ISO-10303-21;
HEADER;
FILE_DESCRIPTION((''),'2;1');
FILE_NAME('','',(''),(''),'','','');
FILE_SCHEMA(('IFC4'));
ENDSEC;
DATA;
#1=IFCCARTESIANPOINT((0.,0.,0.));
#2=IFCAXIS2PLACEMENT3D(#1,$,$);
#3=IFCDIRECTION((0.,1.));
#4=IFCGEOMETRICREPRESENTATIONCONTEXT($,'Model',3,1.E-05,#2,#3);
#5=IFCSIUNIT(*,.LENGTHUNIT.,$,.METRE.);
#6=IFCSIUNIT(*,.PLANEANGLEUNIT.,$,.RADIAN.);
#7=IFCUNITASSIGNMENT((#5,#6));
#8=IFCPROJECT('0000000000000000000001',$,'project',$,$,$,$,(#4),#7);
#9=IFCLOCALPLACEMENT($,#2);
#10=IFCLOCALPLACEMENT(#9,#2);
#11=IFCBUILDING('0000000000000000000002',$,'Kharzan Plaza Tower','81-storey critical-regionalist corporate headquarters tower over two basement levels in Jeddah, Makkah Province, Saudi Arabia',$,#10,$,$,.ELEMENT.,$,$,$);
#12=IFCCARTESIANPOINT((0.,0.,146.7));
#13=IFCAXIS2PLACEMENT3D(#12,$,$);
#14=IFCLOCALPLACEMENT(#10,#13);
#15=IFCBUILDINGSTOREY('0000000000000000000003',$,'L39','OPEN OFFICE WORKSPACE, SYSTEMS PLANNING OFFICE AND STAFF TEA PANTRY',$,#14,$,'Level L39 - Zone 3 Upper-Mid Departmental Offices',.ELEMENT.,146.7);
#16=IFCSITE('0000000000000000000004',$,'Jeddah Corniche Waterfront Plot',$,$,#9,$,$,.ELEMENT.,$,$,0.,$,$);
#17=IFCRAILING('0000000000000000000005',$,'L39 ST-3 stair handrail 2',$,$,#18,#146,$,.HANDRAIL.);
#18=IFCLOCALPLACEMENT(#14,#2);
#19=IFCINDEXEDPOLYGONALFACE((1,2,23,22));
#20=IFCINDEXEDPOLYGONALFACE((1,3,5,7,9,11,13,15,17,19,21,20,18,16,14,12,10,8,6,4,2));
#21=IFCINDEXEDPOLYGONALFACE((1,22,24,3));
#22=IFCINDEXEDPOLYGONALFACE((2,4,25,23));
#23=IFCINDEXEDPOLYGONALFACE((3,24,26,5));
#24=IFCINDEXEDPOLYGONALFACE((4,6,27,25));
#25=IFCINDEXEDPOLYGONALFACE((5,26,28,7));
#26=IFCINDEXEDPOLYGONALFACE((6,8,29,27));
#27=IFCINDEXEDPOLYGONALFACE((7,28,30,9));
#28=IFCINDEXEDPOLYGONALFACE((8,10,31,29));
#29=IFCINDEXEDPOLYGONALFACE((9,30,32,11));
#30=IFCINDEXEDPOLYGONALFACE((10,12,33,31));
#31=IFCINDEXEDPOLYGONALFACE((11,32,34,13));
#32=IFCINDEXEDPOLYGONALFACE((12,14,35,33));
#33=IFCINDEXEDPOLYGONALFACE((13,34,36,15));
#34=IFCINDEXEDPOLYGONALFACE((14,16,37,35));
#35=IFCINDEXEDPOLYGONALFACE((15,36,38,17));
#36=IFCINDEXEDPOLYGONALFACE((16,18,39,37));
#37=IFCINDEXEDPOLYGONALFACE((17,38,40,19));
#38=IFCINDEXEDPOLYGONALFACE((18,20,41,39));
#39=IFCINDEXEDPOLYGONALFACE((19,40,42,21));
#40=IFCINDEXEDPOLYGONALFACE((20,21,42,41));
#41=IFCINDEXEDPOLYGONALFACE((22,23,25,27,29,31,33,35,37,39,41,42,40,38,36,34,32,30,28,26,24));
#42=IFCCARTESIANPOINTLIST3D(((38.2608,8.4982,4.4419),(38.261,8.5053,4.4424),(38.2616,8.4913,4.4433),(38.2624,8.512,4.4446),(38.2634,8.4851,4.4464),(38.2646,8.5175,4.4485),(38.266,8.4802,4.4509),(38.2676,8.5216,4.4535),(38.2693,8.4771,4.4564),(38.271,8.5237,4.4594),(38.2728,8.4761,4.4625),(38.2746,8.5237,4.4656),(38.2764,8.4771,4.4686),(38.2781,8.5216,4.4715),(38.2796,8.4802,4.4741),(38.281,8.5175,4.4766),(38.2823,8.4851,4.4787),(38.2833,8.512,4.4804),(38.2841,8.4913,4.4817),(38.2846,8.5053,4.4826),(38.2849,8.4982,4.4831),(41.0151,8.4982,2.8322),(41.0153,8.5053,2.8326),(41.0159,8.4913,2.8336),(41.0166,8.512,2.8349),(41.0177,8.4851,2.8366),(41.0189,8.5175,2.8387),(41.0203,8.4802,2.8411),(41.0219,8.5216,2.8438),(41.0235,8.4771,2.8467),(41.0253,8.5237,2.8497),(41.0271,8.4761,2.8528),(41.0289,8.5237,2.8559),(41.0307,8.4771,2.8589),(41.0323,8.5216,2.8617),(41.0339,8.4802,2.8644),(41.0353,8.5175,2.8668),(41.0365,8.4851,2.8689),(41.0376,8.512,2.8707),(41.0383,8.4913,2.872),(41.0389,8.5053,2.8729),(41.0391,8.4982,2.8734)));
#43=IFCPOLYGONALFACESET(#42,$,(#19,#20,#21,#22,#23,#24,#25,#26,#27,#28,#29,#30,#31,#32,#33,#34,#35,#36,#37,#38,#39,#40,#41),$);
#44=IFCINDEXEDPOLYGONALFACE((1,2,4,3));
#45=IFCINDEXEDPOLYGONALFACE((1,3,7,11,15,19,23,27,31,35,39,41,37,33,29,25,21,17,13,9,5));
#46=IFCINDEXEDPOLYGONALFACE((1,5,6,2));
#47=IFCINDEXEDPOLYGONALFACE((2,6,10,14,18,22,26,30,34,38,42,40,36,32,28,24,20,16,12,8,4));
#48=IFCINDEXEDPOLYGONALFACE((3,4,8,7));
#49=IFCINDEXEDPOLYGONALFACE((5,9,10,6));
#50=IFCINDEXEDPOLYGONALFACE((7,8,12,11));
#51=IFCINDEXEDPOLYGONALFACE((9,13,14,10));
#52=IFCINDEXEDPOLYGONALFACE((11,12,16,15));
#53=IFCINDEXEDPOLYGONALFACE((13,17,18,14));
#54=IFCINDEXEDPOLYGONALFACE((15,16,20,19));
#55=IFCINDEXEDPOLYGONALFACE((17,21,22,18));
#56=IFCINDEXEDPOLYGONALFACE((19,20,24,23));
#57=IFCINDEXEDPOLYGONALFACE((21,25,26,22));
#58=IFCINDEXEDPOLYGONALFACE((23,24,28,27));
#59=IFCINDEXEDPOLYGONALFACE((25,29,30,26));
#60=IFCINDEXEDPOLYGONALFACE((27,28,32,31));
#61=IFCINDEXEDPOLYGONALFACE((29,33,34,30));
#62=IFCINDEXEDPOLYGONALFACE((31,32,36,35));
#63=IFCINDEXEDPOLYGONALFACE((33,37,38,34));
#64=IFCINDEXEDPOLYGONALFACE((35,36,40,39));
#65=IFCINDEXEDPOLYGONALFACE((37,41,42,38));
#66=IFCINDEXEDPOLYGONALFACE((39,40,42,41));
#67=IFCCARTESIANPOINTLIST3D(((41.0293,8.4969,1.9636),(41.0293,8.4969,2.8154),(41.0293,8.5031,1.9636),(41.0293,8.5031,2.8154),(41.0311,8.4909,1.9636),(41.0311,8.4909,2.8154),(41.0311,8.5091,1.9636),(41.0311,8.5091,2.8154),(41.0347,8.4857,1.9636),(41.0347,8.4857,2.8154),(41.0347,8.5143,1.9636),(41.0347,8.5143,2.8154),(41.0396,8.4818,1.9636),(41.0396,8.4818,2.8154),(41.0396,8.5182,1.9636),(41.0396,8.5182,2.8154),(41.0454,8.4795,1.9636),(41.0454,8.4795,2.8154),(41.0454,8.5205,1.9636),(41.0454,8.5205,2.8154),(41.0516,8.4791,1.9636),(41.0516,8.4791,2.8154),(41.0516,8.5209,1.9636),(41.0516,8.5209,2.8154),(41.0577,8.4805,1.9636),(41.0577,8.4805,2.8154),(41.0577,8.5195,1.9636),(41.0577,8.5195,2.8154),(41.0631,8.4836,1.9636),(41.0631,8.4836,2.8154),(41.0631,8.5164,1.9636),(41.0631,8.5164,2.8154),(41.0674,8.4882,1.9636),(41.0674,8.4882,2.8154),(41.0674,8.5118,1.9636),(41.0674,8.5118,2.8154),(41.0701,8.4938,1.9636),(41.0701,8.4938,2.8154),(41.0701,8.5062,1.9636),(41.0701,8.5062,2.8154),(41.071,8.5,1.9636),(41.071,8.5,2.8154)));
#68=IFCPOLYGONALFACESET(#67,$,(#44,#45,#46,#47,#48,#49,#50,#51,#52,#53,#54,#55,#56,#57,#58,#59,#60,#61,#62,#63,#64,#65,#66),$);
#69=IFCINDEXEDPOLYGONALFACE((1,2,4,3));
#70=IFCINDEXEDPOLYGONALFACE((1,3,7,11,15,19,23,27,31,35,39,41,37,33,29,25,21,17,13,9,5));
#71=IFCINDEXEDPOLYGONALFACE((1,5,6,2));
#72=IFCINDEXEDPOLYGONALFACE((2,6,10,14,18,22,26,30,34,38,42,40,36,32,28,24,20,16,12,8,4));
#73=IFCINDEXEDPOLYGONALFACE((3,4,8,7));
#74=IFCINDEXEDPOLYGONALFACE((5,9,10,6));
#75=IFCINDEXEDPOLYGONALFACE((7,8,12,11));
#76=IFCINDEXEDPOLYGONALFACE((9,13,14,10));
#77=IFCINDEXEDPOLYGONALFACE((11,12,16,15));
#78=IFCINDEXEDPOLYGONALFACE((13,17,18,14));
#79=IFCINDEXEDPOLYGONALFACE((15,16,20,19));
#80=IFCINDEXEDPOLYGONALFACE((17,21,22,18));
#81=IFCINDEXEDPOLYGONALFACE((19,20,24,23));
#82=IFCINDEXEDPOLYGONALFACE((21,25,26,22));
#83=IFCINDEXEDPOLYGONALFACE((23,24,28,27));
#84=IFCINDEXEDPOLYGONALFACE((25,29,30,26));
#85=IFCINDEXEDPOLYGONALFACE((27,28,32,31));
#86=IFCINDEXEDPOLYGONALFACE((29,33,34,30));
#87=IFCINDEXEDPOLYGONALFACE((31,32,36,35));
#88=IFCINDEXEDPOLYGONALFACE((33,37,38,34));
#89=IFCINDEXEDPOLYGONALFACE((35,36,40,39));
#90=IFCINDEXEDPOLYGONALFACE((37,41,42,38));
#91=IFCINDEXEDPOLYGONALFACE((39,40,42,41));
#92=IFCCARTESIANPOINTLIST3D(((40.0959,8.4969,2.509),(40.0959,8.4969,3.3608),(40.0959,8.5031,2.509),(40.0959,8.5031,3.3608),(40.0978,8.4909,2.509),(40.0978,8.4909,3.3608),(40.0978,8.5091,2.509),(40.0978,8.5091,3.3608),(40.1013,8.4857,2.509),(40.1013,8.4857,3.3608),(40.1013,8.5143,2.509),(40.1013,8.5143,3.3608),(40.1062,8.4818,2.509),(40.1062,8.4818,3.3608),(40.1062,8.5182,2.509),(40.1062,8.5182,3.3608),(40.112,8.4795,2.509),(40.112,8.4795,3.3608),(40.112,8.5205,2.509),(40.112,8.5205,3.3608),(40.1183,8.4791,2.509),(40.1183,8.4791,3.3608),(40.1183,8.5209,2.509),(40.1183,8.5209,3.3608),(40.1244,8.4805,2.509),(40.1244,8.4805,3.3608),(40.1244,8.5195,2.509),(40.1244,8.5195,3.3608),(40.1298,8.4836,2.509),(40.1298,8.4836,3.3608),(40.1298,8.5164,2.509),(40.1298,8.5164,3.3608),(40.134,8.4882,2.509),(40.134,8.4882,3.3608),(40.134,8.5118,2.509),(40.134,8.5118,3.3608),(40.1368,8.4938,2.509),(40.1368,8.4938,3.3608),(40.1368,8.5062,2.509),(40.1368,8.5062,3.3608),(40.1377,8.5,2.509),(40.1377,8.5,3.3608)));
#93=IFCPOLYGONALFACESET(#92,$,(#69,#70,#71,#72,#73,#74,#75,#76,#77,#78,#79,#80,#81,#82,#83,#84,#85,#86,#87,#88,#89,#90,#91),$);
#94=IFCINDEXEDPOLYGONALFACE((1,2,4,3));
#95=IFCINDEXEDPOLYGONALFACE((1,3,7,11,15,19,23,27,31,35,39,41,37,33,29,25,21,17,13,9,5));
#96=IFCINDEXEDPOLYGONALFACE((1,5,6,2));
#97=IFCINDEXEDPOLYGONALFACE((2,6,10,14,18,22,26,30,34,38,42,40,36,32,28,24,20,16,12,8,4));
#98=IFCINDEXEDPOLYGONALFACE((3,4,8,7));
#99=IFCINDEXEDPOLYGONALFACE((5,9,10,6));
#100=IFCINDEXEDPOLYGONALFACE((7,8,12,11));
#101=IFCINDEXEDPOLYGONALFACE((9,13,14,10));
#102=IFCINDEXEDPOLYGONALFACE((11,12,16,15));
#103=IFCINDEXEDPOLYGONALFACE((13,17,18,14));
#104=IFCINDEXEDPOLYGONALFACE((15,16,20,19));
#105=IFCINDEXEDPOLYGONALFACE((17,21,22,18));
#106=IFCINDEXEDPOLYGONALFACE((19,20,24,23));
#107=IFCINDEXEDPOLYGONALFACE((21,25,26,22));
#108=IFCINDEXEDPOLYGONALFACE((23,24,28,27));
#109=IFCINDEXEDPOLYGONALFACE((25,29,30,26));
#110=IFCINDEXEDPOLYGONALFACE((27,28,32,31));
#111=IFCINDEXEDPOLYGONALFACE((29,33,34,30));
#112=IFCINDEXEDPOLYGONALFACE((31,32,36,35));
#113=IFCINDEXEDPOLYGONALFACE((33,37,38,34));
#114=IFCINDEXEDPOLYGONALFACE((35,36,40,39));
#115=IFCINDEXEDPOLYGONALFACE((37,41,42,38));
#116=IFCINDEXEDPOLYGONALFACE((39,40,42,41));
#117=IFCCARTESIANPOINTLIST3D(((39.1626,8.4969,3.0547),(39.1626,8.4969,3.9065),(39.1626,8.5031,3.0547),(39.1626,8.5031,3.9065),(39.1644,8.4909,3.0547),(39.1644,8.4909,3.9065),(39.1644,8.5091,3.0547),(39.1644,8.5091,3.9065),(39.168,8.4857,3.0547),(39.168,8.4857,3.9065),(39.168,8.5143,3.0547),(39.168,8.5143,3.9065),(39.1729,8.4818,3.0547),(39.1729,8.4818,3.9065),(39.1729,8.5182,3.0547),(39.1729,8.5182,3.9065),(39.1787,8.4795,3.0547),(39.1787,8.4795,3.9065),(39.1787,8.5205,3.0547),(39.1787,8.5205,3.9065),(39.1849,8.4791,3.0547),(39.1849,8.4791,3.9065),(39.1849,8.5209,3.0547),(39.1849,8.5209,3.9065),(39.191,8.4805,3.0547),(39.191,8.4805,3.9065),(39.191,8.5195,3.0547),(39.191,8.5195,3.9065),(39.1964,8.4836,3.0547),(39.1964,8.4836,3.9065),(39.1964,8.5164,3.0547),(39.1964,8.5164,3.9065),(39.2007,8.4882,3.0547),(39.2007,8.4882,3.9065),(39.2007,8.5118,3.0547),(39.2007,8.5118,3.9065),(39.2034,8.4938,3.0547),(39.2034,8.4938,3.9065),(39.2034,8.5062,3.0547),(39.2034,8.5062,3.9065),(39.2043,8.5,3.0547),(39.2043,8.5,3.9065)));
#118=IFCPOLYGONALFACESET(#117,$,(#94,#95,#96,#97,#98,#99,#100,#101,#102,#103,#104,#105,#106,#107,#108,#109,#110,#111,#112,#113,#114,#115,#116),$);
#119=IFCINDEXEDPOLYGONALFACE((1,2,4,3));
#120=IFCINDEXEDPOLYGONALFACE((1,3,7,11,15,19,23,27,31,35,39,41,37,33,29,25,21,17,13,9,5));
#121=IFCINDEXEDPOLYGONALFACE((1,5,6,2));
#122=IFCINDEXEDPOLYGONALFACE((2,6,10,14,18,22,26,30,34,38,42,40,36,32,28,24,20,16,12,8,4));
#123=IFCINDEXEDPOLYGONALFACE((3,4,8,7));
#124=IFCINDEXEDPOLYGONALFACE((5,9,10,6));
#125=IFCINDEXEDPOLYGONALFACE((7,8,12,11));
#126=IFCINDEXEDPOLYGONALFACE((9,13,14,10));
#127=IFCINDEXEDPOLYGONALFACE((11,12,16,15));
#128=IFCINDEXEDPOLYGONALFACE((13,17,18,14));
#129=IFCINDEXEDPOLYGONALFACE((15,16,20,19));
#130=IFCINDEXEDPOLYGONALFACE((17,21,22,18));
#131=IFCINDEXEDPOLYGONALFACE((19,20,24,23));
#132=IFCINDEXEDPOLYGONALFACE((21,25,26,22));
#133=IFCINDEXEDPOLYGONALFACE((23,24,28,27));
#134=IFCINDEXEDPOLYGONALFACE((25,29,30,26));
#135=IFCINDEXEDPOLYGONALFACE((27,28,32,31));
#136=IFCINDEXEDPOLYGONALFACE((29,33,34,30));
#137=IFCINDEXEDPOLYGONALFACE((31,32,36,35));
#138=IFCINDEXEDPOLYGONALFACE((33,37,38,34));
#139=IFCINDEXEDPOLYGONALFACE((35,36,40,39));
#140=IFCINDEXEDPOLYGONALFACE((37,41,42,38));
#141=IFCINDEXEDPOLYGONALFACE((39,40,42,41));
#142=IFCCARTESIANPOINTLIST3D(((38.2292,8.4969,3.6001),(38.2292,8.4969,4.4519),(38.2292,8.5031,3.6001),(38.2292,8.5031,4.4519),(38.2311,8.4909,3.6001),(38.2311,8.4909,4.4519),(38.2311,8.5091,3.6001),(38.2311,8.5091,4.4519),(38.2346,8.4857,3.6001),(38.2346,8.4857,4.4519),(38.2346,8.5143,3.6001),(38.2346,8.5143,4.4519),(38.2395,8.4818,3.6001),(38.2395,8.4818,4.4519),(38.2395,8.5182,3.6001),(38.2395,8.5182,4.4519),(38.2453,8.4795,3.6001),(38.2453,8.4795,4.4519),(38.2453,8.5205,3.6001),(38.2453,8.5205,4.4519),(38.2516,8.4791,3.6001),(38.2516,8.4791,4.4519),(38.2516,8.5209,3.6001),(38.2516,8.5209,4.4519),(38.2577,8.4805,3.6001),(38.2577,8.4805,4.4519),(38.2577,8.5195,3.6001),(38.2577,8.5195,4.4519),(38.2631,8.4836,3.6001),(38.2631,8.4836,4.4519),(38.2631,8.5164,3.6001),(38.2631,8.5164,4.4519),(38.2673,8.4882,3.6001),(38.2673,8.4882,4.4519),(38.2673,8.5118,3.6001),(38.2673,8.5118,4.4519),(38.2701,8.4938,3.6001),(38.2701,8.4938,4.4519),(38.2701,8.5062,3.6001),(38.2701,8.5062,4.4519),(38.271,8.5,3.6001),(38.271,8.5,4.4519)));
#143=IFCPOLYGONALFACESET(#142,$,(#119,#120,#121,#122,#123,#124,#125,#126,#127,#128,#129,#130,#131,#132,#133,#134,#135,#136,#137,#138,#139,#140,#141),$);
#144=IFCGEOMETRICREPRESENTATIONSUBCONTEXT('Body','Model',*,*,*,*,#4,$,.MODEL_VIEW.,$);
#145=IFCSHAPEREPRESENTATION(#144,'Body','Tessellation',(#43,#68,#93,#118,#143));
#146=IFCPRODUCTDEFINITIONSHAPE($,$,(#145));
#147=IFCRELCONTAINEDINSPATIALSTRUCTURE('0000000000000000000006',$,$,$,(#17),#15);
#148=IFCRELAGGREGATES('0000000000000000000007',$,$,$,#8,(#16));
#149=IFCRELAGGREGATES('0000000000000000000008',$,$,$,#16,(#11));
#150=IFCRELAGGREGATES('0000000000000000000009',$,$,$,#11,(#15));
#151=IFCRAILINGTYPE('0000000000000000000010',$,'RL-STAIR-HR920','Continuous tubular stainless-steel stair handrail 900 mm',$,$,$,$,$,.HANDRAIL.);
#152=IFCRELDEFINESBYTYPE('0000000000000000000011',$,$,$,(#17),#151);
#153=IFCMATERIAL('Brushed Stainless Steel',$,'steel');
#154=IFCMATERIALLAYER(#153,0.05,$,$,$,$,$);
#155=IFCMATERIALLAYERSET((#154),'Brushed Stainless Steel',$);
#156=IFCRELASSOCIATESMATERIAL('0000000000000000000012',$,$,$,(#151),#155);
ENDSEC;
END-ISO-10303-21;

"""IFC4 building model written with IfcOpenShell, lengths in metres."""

from ifc_helpers import new_model, si_unit, direction, frame, origin, origin_2d, place, context, subcontext, project, spatial, circle, extrude, source, transform, mapped, material, layer, layer_set, type_object, element, save


model = new_model("IFC4")

# Units and contexts
model_context = context("Model", 3, precision=1e-05, world=origin(), true_north=direction((0.0, 1.0)))
body_context = subcontext(model_context, "Body", "Model", "MODEL_VIEW")
ifc_project = project(units=[si_unit("LENGTHUNIT", "METRE"), si_unit("PLANEANGLEUNIT", "RADIAN")], contexts=[model_context])

# Site, building, storey
site_placement = place(None, origin())
site = spatial("IfcSite", under=ifc_project, at=site_placement, Name="Jeddah Corniche Waterfront Plot", CompositionType="ELEMENT", RefElevation=0.0)
building_placement = place(site_placement, origin())
building = spatial("IfcBuilding", under=site, at=building_placement, Name="Kharzan Plaza Tower", Description="81-storey critical-regionalist corporate headquarters tower over two basement levels in Jeddah, Makkah Province, Saudi Arabia", CompositionType="ELEMENT")
storey_placement = place(building_placement, frame((0.0, 0.0, 146.7)))
storey = spatial("IfcBuildingStorey", under=building, at=storey_placement, Name="L39", Description="OPEN OFFICE WORKSPACE, SYSTEMS PLANNING OFFICE AND STAFF TEA PANTRY", LongName="Level L39 - Zone 3 Upper-Mid Departmental Offices", CompositionType="ELEMENT", Elevation=146.7)

# Railing
ifc_material_1 = material(Name="Brushed Stainless Steel", Category="steel")
ifc_layer_1 = layer(ifc_material_1, 0.05)
ifc_layer_set_1 = layer_set([ifc_layer_1], Name="Brushed Stainless Steel")
railing_type_1 = type_object("IfcRailingType", Name="RL-STAIR-HR920", Description="Continuous tubular stainless-steel stair handrail 900 mm", PredefinedType="HANDRAIL", material=ifc_layer_set_1)
shared_shape_1 = source(origin(), body_context, "Body", "SweptSolid", [
    extrude(circle(Radius=0.0239, at=origin_2d()), frame((-0.0229, 0.0, 0.8892), z_axis=(-0.863361, 0.0, 0.504587), x_axis=(0.0, -1.0, 0.0)), (0.0, 0.0, 1.0), 3.1902),
    extrude(circle(Radius=0.021, at=origin_2d()), origin(), (0.0, 0.0, 1.0), 0.8518),
    extrude(circle(Radius=0.021, at=origin_2d()), frame((-0.9333, 0.0, 0.5454)), (0.0, 0.0, 1.0), 0.8518),
    extrude(circle(Radius=0.021, at=origin_2d()), frame((-1.8667, 0.0, 1.0911)), (0.0, 0.0, 1.0), 0.8518),
    extrude(circle(Radius=0.021, at=origin_2d()), frame((-2.8, 0.0, 1.6365)), (0.0, 0.0, 1.0), 0.8518),
])
railing_1_placement = place(storey_placement, frame((41.05, 8.5, 1.9636)))
element("IfcRailing", 1, at=railing_1_placement, inside=storey, type_object=railing_type_1, Name="L39 ST-3 stair handrail 2", PredefinedType="HANDRAIL", context=body_context, shape_type="MappedRepresentation", body=[
    mapped(shared_shape_1, transform((0.0, 0.0, 0.0), x_axis=(1.0, 0.0, 0.0), y_axis=(0.0, 1.0, 0.0), z_axis=(0.0, 0.0, 1.0))),
])

save(model, "model.ifc")
